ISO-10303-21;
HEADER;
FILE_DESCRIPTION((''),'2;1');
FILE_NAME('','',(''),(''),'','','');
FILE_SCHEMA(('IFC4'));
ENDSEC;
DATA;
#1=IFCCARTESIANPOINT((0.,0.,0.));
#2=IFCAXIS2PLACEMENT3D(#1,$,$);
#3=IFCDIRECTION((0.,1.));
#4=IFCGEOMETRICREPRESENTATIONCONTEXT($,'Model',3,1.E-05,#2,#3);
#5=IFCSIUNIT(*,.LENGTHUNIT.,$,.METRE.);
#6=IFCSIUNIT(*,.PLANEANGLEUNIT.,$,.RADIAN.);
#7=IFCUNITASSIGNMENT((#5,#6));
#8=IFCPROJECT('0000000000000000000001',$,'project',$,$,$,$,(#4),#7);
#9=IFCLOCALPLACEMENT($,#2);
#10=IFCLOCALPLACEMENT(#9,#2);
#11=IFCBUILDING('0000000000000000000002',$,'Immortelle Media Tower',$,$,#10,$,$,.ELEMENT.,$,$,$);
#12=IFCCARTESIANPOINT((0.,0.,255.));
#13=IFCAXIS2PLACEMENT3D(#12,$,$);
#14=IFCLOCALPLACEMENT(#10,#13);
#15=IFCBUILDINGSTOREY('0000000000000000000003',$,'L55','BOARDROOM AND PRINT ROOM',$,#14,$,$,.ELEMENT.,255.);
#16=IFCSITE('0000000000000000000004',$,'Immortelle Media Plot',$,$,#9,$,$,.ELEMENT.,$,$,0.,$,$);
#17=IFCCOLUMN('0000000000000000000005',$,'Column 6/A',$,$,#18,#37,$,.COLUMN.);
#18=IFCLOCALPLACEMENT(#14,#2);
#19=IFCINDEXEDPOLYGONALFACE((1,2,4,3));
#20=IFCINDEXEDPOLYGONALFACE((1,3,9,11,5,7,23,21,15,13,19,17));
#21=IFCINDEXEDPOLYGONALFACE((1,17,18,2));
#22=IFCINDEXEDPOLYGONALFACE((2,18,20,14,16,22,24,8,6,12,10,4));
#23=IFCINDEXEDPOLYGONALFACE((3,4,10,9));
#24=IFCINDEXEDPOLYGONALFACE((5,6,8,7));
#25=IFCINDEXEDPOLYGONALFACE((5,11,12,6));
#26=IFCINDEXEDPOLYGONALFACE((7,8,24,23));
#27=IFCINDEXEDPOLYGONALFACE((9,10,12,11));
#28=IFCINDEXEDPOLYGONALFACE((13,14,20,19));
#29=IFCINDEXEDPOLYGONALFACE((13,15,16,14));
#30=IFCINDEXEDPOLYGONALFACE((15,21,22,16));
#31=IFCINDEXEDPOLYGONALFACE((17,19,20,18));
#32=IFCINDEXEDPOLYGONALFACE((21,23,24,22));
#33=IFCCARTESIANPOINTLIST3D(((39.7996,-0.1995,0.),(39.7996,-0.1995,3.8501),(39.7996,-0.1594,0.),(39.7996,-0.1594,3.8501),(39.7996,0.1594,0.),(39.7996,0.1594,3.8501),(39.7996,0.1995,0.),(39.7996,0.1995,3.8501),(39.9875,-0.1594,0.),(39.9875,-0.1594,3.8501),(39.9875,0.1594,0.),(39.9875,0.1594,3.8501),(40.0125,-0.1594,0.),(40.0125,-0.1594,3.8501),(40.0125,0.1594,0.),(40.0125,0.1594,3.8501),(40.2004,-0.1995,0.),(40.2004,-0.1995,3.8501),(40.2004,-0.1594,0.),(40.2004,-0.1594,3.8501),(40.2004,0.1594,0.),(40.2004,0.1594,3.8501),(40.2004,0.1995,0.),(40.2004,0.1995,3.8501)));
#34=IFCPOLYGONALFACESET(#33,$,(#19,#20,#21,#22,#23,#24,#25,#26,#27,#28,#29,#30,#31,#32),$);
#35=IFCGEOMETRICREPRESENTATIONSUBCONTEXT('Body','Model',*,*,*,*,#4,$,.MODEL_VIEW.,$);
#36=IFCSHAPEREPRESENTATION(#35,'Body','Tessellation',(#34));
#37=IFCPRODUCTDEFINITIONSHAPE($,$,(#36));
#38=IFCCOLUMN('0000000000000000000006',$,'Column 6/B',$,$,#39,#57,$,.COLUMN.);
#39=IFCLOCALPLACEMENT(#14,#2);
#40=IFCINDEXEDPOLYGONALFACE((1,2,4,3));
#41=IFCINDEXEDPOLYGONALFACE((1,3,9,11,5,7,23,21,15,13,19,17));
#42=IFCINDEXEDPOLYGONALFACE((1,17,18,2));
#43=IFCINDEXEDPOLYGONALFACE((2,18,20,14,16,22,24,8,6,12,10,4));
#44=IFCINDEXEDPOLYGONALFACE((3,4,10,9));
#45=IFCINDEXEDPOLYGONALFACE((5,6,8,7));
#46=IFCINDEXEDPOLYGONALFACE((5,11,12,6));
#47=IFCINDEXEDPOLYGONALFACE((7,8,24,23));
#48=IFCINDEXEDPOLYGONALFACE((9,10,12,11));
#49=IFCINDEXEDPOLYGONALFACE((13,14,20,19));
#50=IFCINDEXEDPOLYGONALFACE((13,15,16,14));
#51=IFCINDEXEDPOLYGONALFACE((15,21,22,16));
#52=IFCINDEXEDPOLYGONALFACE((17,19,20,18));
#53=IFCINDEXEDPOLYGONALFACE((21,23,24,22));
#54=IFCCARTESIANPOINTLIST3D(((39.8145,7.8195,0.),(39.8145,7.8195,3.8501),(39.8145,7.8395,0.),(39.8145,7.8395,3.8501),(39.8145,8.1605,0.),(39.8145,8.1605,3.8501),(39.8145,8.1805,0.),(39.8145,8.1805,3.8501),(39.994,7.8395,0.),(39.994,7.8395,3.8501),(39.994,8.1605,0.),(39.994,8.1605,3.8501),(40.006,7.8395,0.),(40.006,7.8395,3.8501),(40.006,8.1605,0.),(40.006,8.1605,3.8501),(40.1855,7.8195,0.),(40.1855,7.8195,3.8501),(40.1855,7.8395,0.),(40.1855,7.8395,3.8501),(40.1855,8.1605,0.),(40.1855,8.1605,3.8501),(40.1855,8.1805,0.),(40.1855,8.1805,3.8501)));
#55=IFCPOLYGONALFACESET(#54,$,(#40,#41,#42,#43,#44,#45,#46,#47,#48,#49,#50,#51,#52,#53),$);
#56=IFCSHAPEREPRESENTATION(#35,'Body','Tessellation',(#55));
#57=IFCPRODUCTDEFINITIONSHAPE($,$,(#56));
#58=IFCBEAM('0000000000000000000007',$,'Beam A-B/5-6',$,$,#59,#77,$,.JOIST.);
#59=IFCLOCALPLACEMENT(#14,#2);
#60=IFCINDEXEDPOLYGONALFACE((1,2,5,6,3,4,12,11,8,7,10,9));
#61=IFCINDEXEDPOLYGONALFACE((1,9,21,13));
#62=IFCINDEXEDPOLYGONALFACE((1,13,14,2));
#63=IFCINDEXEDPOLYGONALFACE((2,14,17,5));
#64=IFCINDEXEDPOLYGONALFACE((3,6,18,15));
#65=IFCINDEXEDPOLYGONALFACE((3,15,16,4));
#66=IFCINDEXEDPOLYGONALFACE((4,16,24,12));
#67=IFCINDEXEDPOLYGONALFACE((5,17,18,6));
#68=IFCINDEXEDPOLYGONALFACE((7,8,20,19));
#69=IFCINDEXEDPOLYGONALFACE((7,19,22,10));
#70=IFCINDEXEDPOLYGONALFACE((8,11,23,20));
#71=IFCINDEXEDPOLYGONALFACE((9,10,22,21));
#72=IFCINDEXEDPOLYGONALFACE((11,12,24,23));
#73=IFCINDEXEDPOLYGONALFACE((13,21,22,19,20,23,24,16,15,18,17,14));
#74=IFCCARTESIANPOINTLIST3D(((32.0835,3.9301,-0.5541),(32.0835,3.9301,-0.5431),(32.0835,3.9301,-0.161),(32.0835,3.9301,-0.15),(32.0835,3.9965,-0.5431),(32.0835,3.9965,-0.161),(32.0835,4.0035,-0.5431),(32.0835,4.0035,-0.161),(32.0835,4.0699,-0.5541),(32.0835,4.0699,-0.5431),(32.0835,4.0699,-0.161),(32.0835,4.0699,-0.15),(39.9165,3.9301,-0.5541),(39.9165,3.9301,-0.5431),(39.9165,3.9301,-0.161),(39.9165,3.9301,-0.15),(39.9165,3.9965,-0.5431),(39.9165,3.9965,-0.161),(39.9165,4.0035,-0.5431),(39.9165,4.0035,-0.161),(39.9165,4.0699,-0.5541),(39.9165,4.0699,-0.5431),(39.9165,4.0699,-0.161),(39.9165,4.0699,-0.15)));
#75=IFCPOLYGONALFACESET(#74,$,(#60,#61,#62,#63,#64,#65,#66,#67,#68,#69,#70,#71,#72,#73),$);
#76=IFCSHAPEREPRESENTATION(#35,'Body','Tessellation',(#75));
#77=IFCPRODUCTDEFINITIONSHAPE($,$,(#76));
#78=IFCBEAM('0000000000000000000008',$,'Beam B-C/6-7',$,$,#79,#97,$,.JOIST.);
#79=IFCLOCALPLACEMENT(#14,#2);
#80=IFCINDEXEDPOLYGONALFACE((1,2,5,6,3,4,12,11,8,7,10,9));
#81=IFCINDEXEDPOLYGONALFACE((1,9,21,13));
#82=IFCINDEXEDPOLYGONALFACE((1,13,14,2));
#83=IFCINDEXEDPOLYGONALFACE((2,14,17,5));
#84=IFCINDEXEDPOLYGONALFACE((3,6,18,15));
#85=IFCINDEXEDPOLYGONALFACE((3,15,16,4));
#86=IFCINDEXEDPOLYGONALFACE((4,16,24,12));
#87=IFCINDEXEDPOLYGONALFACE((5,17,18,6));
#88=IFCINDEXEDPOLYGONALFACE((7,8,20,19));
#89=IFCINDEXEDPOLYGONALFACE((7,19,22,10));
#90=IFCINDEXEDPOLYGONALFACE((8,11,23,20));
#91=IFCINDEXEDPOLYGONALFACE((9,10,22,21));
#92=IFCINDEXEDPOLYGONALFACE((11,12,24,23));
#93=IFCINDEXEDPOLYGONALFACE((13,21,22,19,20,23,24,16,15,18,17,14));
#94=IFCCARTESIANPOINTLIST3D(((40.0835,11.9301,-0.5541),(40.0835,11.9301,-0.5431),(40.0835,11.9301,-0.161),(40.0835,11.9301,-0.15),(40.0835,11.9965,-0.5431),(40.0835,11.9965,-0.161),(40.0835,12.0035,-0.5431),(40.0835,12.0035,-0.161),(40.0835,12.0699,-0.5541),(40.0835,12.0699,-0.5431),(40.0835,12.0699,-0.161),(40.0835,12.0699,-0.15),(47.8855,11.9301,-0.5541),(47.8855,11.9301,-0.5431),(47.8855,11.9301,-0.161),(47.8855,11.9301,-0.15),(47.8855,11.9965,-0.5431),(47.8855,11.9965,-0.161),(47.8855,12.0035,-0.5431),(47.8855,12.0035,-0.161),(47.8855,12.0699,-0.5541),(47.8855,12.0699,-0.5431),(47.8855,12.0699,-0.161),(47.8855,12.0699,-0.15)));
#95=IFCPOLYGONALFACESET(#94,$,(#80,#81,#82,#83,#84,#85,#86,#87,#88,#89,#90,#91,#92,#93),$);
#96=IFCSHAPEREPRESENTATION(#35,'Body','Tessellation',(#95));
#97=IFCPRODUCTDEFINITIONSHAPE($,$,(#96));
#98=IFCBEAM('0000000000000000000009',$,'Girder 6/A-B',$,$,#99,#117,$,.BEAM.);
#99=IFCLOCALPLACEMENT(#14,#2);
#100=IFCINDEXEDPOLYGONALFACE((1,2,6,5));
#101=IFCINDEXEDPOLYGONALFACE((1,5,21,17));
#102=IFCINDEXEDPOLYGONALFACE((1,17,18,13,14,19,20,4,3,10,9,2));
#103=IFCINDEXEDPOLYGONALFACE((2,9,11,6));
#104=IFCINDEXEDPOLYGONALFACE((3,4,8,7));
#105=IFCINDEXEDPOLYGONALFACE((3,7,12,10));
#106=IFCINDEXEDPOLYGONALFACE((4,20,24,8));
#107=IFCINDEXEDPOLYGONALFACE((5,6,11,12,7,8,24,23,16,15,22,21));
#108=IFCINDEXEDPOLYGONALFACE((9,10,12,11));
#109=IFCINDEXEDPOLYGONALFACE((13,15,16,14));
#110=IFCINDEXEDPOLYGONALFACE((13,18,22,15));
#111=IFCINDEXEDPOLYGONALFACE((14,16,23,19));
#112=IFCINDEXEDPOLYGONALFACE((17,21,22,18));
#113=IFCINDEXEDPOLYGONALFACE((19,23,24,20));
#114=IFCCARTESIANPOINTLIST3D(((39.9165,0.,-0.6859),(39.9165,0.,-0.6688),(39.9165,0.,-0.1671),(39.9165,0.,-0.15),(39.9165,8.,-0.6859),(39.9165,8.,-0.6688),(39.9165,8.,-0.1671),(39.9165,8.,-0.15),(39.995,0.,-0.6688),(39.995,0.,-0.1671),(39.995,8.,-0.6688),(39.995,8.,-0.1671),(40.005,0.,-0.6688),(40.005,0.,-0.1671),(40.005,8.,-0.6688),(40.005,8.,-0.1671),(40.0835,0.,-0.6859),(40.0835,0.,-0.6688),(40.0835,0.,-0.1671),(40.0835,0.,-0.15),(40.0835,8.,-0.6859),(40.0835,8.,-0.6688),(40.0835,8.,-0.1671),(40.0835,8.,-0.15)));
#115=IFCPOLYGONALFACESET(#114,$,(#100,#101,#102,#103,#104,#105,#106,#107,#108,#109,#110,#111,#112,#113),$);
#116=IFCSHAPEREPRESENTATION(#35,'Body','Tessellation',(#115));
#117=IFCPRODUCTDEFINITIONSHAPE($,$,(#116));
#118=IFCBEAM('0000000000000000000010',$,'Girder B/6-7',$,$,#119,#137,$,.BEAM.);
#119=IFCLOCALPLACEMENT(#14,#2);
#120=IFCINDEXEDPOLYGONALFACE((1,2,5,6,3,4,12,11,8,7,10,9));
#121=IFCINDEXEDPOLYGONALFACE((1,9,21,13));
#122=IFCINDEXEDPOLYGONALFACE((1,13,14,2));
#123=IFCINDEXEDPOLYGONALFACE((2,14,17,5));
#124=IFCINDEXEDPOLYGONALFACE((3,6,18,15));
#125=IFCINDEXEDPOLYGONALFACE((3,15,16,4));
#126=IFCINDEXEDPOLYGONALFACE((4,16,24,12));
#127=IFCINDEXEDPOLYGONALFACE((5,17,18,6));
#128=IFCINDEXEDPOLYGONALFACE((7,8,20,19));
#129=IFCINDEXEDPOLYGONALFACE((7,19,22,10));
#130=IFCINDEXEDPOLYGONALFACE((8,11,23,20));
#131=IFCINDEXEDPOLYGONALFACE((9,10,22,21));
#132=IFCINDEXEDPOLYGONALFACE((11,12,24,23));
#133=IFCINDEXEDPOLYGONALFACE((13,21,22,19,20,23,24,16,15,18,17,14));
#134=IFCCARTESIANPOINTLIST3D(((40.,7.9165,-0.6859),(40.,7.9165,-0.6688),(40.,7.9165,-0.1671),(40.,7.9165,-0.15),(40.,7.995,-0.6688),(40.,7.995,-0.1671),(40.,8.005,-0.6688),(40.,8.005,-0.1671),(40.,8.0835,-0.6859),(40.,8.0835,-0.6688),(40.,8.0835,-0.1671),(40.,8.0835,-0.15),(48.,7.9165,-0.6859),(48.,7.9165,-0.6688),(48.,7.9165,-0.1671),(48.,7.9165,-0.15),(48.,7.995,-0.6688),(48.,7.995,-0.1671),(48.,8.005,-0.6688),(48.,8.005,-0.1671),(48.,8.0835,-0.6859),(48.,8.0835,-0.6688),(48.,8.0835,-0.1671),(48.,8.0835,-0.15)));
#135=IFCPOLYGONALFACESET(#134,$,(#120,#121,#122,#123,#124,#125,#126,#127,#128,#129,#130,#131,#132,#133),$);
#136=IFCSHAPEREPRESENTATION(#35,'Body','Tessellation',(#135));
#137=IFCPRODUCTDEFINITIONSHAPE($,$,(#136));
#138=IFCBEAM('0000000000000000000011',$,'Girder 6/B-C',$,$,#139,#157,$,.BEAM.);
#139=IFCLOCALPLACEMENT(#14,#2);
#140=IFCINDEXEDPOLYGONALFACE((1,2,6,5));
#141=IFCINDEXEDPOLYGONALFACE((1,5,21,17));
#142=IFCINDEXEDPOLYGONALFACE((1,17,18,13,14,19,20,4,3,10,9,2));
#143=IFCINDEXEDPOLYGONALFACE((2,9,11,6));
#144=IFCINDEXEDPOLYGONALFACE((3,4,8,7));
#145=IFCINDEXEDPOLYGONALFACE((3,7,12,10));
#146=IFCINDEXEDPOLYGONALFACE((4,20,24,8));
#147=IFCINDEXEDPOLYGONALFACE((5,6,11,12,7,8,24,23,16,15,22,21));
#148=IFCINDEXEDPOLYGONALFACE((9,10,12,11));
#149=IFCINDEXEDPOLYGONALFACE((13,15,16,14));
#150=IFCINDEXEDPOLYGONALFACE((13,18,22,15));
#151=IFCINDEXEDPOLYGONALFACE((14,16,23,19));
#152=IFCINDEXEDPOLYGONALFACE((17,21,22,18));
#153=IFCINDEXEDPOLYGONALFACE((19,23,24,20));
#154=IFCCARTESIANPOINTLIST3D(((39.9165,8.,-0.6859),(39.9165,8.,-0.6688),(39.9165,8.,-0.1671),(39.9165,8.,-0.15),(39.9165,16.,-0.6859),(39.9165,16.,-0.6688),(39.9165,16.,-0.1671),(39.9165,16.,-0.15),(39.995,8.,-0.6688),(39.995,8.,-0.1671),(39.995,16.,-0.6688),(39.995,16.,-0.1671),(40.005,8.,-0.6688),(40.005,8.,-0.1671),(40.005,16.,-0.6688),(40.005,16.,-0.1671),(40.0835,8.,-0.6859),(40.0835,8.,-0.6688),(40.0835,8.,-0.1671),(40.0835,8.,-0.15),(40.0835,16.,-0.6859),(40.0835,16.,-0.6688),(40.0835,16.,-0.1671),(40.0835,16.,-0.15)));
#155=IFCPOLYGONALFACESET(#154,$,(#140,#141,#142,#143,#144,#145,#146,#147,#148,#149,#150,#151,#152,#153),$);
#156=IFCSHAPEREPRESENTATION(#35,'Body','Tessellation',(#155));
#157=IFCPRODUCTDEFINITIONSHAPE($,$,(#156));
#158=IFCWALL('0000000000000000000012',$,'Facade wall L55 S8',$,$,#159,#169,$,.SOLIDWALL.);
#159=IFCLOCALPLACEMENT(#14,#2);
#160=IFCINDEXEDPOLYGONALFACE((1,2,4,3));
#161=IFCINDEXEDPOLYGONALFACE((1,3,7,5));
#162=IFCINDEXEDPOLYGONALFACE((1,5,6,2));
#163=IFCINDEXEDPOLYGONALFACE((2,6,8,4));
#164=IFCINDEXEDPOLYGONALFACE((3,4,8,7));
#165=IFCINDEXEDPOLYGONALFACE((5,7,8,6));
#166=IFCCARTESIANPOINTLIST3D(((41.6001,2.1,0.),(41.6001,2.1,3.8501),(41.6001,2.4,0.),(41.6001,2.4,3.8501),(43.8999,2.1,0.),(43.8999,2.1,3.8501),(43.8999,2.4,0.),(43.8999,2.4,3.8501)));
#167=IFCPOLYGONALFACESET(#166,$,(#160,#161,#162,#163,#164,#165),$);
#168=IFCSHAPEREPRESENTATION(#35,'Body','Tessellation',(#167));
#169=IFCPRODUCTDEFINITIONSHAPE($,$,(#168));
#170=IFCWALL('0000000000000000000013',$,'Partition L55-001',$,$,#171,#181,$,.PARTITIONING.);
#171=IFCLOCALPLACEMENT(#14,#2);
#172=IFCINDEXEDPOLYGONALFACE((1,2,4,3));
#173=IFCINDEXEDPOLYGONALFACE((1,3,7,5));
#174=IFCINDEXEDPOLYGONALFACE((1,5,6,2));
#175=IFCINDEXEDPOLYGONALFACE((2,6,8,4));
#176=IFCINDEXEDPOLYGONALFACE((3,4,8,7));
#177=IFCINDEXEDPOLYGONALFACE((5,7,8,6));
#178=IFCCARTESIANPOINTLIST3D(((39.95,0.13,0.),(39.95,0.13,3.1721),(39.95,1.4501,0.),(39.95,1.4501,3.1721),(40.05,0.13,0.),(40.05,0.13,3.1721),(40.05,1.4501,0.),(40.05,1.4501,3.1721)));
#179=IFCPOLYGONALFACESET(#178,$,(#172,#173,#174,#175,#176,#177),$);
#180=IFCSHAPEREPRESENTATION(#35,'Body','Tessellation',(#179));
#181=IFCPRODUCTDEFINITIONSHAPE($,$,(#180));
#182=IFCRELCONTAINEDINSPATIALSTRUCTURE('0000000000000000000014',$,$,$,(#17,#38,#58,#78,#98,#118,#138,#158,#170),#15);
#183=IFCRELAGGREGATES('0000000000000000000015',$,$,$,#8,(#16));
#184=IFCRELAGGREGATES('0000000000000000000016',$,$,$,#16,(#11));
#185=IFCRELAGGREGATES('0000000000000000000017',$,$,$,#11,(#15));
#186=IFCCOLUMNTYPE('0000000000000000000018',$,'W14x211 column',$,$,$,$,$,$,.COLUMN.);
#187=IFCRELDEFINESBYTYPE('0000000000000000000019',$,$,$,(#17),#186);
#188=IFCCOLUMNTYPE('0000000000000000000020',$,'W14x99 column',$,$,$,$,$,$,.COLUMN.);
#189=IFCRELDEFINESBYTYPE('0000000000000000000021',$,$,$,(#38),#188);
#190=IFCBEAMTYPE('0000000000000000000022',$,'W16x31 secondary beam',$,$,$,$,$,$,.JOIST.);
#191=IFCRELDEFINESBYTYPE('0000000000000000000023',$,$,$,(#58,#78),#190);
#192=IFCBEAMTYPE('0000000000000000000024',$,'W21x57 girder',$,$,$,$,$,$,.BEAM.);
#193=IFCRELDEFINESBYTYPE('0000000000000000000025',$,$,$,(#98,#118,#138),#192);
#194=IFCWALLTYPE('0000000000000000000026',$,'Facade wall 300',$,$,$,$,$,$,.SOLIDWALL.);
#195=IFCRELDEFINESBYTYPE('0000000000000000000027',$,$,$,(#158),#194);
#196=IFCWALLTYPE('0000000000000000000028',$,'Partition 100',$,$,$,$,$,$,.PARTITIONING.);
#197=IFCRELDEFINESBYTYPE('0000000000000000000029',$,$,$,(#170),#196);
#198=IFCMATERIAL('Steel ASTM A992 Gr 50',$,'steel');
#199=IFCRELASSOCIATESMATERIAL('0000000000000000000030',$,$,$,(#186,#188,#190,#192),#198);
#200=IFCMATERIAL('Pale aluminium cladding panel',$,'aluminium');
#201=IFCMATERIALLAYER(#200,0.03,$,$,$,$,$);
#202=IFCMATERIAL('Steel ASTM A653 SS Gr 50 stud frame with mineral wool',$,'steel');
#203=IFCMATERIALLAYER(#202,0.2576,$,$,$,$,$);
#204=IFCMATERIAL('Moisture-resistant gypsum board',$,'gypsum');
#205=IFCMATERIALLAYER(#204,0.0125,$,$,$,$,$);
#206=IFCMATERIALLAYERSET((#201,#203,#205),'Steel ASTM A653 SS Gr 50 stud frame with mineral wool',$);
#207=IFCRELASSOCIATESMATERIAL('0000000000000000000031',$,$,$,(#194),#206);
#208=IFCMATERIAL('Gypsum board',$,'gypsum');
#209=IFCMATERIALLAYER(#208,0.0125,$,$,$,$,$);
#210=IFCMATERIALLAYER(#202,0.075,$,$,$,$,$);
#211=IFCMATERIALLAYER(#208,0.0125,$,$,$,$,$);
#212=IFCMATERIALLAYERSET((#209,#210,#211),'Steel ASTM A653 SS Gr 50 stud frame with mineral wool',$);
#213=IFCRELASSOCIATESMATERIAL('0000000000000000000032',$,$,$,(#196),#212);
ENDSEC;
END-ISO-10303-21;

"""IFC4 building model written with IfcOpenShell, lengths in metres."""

from ifc_helpers import new_model, si_unit, direction, frame, frame_2d, origin, origin_2d, place, context, subcontext, project, spatial, rectangle, i_section, extrude, material, layer, layer_set, material_profile, profile_set, type_object, element, save


model = new_model("IFC4")

# Units and contexts
model_context = context("Model", 3, precision=1e-05, world=origin(), true_north=direction((0.0, 1.0)))
body_context = subcontext(model_context, "Body", "Model", "MODEL_VIEW")
ifc_project = project(units=[si_unit("LENGTHUNIT", "METRE"), si_unit("PLANEANGLEUNIT", "RADIAN")], contexts=[model_context])

# Site, building, storey
site_placement = place(None, origin())
site = spatial("IfcSite", under=ifc_project, at=site_placement, Name="Immortelle Media Plot", CompositionType="ELEMENT", RefElevation=0.0)
building_placement = place(site_placement, origin())
building = spatial("IfcBuilding", under=site, at=building_placement, Name="Immortelle Media Tower", CompositionType="ELEMENT")
storey_placement = place(building_placement, frame((0.0, 0.0, 255.0)))
storey = spatial("IfcBuildingStorey", under=building, at=storey_placement, Name="L55", Description="BOARDROOM AND PRINT ROOM", CompositionType="ELEMENT", Elevation=255.0)

# Columns
ifc_material_1 = material(Name="Steel ASTM A992 Gr 50", Category="steel")
ifc_material_profile_1 = material_profile(ifc_material_1, i_section(OverallWidth=0.4009, OverallDepth=0.3989, WebThickness=0.0249, FlangeThickness=0.04, at=origin_2d()), Name="W14x211")
ifc_profile_set_1 = profile_set([ifc_material_profile_1], Name="Steel ASTM A992 Gr 50")
column_type_1 = type_object("IfcColumnType", Name="W14x211 column", PredefinedType="COLUMN", material=ifc_profile_set_1)
column_1_placement = place(storey_placement, frame((40.0, 0.0, 0.0), z_axis=(0.0, 0.0, 1.0), x_axis=(1.0, 0.0, 0.0)))
element("IfcColumn", 1, at=column_1_placement, inside=storey, type_object=column_type_1, Name="Column 6/A", PredefinedType="COLUMN", context=body_context, shape_type="SweptSolid", body=[
    extrude(i_section(OverallWidth=0.4009, OverallDepth=0.3989, WebThickness=0.0249, FlangeThickness=0.04, at=origin_2d()), origin(), (0.0, 0.0, 1.0), 3.8501),
])
ifc_material_profile_2 = material_profile(ifc_material_1, i_section(OverallWidth=0.3711, OverallDepth=0.3611, WebThickness=0.012, FlangeThickness=0.02, at=origin_2d()), Name="W14x99")
ifc_profile_set_2 = profile_set([ifc_material_profile_2], Name="Steel ASTM A992 Gr 50")
column_type_2 = type_object("IfcColumnType", Name="W14x99 column", PredefinedType="COLUMN", material=ifc_profile_set_2)
column_2_placement = place(storey_placement, frame((40.0, 8.0, 0.0), z_axis=(0.0, 0.0, 1.0), x_axis=(1.0, 0.0, 0.0)))
element("IfcColumn", 2, at=column_2_placement, inside=storey, type_object=column_type_2, Name="Column 6/B", PredefinedType="COLUMN", context=body_context, shape_type="SweptSolid", body=[
    extrude(i_section(OverallWidth=0.3711, OverallDepth=0.3611, WebThickness=0.012, FlangeThickness=0.02, at=origin_2d()), origin(), (0.0, 0.0, 1.0), 3.8501),
])

# Beams
ifc_material_profile_3 = material_profile(ifc_material_1, i_section(OverallWidth=0.1399, OverallDepth=0.4041, WebThickness=0.0071, FlangeThickness=0.011, at=origin_2d()), Name="W16x31")
ifc_profile_set_3 = profile_set([ifc_material_profile_3], Name="Steel ASTM A992 Gr 50")
beam_type_1 = type_object("IfcBeamType", Name="W16x31 secondary beam", PredefinedType="JOIST", material=ifc_profile_set_3)
beam_1_placement = place(storey_placement, frame((32.0835, 4.0, -0.3521), z_axis=(1.0, 0.0, 0.0), x_axis=(0.0, 1.0, 0.0)))
element("IfcBeam", 3, at=beam_1_placement, inside=storey, type_object=beam_type_1, Name="Beam A-B/5-6", PredefinedType="JOIST", context=body_context, shape_type="SweptSolid", body=[
    extrude(i_section(OverallWidth=0.1399, OverallDepth=0.4041, WebThickness=0.0071, FlangeThickness=0.011, at=origin_2d()), origin(), (0.0, 0.0, 1.0), 7.833),
])
beam_2_placement = place(storey_placement, frame((40.0835, 12.0, -0.3521), z_axis=(1.0, 0.0, 0.0), x_axis=(0.0, 1.0, 0.0)))
element("IfcBeam", 4, at=beam_2_placement, inside=storey, type_object=beam_type_1, Name="Beam B-C/6-7", PredefinedType="JOIST", context=body_context, shape_type="SweptSolid", body=[
    extrude(i_section(OverallWidth=0.1399, OverallDepth=0.4041, WebThickness=0.0071, FlangeThickness=0.011, at=origin_2d()), origin(), (0.0, 0.0, 1.0), 7.802),
])
ifc_material_profile_4 = material_profile(ifc_material_1, i_section(OverallWidth=0.167, OverallDepth=0.5359, WebThickness=0.01, FlangeThickness=0.0171, at=origin_2d()), Name="W21x57")
ifc_profile_set_4 = profile_set([ifc_material_profile_4], Name="Steel ASTM A992 Gr 50")
beam_type_2 = type_object("IfcBeamType", Name="W21x57 girder", PredefinedType="BEAM", material=ifc_profile_set_4)
for number, where, z_axis, x_axis, name in (
    (5, (40.0, 0.0, -0.418), (0.0, 1.0, 0.0), (-1.0, 0.0, 0.0), "Girder 6/A-B"),
    (6, (40.0, 8.0, -0.418), (1.0, 0.0, 0.0), (0.0, 1.0, 0.0), "Girder B/6-7"),
    (7, (40.0, 8.0, -0.418), (0.0, 1.0, 0.0), (-1.0, 0.0, 0.0), "Girder 6/B-C"),
):
    element("IfcBeam", number, at=place(storey_placement, frame(where, z_axis=z_axis, x_axis=x_axis)), inside=storey, type_object=beam_type_2, Name=name, PredefinedType="BEAM", context=body_context, shape_type="SweptSolid", body=[
        extrude(i_section(OverallWidth=0.167, OverallDepth=0.5359, WebThickness=0.01, FlangeThickness=0.0171, at=origin_2d()), origin(), (0.0, 0.0, 1.0), 8.0),
    ])

# Walls
ifc_material_2 = material(Name="Pale aluminium cladding panel", Category="aluminium")
ifc_layer_1 = layer(ifc_material_2, 0.03)
ifc_material_3 = material(Name="Steel ASTM A653 SS Gr 50 stud frame with mineral wool", Category="steel")
ifc_layer_2 = layer(ifc_material_3, 0.2576)
ifc_material_4 = material(Name="Moisture-resistant gypsum board", Category="gypsum")
ifc_layer_3 = layer(ifc_material_4, 0.0125)
ifc_layer_set_1 = layer_set([ifc_layer_1, ifc_layer_2, ifc_layer_3], Name="Steel ASTM A653 SS Gr 50 stud frame with mineral wool")
wall_type_1 = type_object("IfcWallType", Name="Facade wall 300", PredefinedType="SOLIDWALL", material=ifc_layer_set_1)
wall_1_placement = place(storey_placement, frame((41.6001, 2.25, 0.0), z_axis=(0.0, 0.0, 1.0), x_axis=(1.0, 0.0, 0.0)))
element("IfcWall", 8, at=wall_1_placement, inside=storey, type_object=wall_type_1, Name="Facade wall L55 S8", PredefinedType="SOLIDWALL", context=body_context, shape_type="SweptSolid", body=[
    extrude(rectangle(XDim=2.2998, YDim=0.3, at=frame_2d((1.1499, 0.0))), origin(), (0.0, 0.0, 1.0), 3.8501),
])
ifc_material_5 = material(Name="Gypsum board", Category="gypsum")
ifc_layer_4 = layer(ifc_material_5, 0.0125)
ifc_layer_5 = layer(ifc_material_3, 0.075)
ifc_layer_6 = layer(ifc_material_5, 0.0125)
ifc_layer_set_2 = layer_set([ifc_layer_4, ifc_layer_5, ifc_layer_6], Name="Steel ASTM A653 SS Gr 50 stud frame with mineral wool")
wall_type_2 = type_object("IfcWallType", Name="Partition 100", PredefinedType="PARTITIONING", material=ifc_layer_set_2)
wall_2_placement = place(storey_placement, frame((40.0, 0.1299, 0.0), z_axis=(0.0, 0.0, 1.0), x_axis=(0.0, 1.0, 0.0)))
element("IfcWall", 9, at=wall_2_placement, inside=storey, type_object=wall_type_2, Name="Partition L55-001", PredefinedType="PARTITIONING", context=body_context, shape_type="SweptSolid", body=[
    extrude(rectangle(XDim=1.3201, YDim=0.1001, at=frame_2d((0.6602, 0.0))), origin(), (0.0, 0.0, 1.0), 3.1721),
])

save(model, "model.ifc")
